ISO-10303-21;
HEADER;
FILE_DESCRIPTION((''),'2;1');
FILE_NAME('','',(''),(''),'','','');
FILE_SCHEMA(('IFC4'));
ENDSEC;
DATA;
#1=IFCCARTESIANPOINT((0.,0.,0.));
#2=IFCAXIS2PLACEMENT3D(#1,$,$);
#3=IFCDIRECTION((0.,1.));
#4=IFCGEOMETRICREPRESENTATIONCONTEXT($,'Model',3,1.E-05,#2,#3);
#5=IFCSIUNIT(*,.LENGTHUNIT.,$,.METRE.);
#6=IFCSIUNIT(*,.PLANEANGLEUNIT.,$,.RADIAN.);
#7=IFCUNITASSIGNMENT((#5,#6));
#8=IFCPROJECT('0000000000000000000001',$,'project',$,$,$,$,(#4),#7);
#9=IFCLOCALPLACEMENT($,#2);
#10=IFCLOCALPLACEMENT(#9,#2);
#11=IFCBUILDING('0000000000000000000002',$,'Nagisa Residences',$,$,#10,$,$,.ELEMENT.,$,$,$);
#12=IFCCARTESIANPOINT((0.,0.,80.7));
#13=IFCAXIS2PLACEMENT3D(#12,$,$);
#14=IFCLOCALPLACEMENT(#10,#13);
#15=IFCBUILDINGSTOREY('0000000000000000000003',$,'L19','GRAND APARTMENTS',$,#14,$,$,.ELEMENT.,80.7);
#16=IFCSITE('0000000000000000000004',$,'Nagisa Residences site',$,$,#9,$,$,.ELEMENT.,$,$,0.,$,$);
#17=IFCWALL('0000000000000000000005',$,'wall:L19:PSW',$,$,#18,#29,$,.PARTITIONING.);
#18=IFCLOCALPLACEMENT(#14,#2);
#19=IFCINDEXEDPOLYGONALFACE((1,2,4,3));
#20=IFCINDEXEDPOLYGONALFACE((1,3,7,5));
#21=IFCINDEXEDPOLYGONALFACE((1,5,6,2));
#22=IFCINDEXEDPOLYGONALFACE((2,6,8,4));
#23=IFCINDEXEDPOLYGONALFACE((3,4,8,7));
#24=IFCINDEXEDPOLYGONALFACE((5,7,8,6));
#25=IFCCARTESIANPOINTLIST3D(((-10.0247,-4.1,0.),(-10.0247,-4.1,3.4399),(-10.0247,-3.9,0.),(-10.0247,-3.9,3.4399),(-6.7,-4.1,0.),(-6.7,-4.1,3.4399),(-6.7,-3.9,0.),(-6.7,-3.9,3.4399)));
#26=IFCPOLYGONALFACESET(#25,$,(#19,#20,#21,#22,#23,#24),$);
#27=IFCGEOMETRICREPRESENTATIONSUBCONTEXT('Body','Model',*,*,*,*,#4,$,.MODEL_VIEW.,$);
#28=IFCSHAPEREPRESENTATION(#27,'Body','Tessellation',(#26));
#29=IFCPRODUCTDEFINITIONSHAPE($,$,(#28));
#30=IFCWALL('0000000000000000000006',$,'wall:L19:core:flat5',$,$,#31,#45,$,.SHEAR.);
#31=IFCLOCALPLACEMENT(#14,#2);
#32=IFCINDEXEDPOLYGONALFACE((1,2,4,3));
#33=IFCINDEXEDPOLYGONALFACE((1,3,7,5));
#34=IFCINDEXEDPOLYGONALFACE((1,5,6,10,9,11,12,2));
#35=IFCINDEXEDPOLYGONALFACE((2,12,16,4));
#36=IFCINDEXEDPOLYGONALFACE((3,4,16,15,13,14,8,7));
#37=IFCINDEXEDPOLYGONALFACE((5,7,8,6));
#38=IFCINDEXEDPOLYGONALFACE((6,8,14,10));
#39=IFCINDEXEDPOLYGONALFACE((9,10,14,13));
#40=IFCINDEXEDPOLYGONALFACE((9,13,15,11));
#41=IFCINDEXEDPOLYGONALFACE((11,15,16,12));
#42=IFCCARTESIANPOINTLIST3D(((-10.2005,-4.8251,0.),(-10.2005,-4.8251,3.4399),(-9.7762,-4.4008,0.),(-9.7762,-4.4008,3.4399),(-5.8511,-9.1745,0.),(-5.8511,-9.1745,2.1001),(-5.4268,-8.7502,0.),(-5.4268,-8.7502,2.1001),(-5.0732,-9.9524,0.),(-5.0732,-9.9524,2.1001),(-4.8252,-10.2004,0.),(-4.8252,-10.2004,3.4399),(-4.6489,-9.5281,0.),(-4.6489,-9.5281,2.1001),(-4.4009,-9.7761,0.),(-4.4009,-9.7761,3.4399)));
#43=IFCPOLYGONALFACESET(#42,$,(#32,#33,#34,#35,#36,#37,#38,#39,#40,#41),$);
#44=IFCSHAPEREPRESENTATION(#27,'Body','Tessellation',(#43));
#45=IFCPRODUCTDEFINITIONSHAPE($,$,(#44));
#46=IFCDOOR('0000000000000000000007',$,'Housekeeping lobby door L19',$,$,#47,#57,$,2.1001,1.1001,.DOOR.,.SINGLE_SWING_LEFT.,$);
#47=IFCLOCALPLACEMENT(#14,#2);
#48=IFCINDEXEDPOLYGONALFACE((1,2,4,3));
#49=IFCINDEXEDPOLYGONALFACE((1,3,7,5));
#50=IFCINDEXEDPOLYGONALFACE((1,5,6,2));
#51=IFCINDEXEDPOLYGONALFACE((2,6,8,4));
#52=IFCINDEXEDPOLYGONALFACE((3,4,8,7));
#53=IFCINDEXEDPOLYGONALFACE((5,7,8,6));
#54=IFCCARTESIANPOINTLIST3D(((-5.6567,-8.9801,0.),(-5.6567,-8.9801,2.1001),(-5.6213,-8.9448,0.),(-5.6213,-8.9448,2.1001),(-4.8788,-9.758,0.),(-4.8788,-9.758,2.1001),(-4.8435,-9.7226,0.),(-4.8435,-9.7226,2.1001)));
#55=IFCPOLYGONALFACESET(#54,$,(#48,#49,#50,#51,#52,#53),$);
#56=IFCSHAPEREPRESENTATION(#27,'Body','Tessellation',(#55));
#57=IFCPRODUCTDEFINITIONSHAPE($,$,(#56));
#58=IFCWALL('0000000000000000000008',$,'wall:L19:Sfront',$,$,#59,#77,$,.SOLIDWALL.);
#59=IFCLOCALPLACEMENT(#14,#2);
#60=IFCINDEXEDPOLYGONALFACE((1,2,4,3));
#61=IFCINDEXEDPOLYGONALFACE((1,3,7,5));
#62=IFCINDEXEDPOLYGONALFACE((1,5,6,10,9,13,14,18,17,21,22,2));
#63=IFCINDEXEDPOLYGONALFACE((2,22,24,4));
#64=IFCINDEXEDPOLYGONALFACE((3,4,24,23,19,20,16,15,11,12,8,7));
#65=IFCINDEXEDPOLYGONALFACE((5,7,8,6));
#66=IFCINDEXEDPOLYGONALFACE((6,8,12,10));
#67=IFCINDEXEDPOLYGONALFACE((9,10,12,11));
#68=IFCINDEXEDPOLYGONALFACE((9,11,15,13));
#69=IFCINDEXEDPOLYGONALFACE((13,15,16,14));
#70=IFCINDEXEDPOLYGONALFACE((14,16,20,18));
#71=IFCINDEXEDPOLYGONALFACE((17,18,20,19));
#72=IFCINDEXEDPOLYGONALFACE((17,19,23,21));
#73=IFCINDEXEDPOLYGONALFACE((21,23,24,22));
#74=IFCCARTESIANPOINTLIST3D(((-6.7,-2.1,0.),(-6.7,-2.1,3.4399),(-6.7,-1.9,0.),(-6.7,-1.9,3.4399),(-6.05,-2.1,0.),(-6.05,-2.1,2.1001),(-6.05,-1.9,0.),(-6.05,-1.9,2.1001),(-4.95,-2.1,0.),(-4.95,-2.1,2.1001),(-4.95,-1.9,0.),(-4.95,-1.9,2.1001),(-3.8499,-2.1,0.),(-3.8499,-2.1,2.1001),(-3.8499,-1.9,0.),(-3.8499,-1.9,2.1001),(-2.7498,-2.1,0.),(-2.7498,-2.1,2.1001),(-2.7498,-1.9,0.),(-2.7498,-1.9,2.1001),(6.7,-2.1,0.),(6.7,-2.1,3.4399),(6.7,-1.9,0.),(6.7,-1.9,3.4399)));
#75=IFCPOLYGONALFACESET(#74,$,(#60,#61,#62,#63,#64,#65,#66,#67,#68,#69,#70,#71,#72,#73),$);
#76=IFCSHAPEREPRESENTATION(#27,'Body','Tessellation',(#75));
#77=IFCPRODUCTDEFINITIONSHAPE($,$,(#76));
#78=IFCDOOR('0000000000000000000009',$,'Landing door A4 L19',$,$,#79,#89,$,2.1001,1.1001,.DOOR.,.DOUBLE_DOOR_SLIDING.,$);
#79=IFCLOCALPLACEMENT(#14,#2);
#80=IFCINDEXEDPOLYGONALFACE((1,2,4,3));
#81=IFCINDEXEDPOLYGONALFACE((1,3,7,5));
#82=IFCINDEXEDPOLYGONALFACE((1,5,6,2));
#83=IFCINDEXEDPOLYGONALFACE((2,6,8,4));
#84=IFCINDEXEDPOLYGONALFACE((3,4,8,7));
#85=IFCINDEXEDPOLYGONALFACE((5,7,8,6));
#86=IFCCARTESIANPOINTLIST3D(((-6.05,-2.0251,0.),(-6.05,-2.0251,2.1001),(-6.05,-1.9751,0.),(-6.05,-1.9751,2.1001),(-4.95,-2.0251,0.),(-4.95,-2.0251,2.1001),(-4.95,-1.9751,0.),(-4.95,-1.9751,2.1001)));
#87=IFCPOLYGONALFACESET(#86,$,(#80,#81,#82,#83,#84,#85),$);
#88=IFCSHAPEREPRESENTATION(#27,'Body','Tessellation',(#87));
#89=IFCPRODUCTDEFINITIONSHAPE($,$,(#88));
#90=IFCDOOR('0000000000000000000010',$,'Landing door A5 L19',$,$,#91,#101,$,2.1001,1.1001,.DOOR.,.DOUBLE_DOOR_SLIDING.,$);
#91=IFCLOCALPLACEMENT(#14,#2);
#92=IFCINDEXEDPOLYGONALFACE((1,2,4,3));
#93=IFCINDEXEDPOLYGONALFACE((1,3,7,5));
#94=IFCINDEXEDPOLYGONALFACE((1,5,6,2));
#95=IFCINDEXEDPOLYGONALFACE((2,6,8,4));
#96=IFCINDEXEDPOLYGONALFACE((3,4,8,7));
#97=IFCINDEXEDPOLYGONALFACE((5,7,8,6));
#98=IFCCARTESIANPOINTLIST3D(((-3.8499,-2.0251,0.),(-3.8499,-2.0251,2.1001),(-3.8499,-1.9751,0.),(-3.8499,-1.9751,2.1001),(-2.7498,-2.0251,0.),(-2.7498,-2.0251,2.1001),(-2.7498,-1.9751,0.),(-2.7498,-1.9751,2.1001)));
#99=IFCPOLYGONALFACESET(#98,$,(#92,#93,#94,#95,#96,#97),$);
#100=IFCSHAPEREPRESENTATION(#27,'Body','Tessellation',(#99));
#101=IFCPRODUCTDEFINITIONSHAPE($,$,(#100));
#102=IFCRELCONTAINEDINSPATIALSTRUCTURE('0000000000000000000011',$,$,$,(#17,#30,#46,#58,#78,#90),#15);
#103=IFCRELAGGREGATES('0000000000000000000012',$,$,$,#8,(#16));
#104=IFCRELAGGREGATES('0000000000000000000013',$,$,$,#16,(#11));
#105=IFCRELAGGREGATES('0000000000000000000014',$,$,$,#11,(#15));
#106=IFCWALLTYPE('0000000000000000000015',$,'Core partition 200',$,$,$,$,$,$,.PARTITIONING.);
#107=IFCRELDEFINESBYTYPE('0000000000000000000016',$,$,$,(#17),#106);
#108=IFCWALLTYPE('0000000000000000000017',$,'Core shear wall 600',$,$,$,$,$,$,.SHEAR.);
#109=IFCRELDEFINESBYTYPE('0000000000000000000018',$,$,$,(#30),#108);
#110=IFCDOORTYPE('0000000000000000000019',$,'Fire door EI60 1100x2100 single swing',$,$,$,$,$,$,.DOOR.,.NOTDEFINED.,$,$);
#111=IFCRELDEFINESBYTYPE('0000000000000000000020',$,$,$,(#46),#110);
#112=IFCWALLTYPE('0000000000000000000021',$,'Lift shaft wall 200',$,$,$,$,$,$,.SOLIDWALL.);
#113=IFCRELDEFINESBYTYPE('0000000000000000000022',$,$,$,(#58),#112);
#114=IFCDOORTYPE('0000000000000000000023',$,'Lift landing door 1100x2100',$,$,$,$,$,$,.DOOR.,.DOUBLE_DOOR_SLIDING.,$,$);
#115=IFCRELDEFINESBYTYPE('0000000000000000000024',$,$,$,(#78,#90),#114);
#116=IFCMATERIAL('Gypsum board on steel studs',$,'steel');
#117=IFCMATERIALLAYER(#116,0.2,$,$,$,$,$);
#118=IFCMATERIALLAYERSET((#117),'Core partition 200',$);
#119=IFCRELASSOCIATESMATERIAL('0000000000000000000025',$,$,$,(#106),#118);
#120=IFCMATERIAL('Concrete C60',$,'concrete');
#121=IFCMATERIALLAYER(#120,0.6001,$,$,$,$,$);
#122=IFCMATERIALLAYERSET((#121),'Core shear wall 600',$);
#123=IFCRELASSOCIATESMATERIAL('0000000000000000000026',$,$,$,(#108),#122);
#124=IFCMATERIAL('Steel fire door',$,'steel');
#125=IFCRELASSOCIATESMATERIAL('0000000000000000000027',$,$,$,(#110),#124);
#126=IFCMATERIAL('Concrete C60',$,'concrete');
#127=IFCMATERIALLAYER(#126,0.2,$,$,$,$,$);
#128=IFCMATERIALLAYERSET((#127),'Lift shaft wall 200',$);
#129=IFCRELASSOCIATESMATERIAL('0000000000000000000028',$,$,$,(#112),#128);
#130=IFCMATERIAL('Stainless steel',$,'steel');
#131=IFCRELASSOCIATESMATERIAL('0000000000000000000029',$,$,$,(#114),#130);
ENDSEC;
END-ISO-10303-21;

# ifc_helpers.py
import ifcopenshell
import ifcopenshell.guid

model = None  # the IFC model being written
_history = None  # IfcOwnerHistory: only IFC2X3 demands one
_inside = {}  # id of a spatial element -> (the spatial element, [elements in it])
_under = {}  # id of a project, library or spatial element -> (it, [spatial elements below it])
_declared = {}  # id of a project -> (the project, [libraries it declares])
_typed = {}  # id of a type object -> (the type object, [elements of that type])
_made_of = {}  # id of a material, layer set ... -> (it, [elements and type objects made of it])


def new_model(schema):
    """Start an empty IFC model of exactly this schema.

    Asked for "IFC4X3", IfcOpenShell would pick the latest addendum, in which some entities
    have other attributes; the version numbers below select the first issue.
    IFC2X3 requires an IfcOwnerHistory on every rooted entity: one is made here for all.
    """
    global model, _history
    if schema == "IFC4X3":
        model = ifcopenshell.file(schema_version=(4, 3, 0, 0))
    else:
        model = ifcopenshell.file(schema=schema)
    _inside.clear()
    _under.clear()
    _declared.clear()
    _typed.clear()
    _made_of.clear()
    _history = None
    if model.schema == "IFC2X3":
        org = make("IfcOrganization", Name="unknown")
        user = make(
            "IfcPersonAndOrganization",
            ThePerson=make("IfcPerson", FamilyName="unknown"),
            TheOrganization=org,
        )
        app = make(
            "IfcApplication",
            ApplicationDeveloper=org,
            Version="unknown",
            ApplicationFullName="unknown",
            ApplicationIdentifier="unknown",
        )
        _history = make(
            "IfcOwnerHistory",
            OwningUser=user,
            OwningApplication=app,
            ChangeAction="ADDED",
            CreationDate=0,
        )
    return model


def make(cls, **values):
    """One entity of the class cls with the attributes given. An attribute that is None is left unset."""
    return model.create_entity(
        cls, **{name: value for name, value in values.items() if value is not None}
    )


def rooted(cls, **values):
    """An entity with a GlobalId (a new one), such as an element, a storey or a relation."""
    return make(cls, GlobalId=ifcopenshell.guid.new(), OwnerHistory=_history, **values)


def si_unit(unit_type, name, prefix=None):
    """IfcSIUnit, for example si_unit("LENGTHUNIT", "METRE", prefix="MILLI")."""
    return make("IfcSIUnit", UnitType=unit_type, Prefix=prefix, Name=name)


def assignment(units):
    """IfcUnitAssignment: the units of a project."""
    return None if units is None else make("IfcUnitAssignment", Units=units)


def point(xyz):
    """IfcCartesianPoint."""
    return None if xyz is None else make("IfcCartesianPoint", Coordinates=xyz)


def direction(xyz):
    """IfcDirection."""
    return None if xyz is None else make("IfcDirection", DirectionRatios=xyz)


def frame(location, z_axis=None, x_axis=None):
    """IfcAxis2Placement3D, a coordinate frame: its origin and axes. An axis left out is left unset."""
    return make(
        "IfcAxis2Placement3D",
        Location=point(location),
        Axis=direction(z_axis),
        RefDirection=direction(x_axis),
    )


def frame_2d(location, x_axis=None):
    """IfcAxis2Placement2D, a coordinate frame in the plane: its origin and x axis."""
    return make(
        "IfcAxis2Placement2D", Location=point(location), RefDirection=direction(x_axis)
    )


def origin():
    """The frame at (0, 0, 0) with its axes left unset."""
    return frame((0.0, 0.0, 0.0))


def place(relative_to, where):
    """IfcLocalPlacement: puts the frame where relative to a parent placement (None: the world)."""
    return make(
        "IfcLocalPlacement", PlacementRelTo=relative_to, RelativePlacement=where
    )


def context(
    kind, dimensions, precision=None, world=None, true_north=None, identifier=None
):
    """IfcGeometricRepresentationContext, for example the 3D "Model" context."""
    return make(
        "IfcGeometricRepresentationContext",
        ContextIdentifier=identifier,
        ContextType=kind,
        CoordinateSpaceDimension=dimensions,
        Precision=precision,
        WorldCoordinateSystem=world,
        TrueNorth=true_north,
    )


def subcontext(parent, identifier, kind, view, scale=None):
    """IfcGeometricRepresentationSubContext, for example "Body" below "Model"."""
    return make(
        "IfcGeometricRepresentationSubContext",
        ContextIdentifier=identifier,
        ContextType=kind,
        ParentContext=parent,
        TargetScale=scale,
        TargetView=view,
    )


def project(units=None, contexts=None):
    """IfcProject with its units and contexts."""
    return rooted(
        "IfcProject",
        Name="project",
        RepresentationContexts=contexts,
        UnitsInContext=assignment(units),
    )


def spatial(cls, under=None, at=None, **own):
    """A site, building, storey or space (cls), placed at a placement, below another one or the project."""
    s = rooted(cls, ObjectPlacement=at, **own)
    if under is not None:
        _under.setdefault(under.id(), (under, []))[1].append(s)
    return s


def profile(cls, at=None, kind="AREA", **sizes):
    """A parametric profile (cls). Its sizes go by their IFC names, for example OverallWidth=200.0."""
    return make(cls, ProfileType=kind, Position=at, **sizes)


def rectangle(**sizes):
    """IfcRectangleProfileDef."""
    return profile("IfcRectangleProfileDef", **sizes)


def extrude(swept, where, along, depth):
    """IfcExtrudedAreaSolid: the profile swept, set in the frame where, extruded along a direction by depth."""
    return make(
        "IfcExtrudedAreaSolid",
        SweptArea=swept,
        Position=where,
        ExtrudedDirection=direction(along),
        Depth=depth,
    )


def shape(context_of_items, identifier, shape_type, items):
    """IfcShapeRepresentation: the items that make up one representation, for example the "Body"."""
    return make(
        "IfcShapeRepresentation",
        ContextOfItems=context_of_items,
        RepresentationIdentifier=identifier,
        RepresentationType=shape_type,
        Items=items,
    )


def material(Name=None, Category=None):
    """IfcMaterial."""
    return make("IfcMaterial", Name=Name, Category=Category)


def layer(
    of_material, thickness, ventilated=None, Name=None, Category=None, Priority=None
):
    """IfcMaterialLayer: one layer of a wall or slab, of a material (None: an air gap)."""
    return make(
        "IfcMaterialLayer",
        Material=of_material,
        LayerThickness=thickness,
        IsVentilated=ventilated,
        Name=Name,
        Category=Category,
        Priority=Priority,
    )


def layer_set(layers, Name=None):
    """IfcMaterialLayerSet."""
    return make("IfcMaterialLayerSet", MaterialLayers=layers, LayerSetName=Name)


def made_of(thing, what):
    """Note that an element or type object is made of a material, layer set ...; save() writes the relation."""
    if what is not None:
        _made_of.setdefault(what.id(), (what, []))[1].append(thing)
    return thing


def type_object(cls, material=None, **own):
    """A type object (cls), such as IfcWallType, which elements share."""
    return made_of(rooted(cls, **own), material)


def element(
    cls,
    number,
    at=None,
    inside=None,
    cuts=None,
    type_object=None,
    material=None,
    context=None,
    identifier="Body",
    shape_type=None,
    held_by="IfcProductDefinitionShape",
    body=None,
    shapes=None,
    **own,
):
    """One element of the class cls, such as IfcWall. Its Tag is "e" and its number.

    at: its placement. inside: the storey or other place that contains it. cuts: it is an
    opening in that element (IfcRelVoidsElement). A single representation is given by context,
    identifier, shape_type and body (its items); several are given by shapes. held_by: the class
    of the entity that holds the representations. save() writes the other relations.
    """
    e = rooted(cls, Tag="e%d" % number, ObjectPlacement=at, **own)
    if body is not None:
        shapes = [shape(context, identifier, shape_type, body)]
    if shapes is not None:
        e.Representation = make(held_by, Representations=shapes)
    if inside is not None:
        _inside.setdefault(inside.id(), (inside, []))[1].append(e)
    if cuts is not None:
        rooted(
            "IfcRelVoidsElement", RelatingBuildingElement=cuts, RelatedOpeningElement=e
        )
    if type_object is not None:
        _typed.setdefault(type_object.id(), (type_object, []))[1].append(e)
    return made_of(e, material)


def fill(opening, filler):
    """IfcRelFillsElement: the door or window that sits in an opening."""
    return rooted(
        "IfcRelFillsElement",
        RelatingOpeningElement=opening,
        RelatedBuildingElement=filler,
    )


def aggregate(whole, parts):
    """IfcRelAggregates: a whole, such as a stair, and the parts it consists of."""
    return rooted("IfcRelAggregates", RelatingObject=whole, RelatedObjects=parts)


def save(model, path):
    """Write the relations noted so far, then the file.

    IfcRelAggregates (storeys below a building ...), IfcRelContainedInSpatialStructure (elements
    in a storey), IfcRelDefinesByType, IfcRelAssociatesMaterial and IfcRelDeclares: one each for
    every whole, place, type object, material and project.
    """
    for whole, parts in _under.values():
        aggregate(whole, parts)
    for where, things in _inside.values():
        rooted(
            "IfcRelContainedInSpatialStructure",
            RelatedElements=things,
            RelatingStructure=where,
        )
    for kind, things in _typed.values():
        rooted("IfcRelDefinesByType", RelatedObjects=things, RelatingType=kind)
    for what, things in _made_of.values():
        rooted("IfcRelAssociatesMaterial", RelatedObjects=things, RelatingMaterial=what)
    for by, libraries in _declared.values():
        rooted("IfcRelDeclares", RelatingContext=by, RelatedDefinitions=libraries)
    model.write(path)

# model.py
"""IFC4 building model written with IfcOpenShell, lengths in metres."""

from ifc_helpers import new_model, si_unit, direction, frame, frame_2d, origin, place, context, subcontext, project, spatial, rectangle, extrude, material, layer, layer_set, type_object, element, fill, save


model = new_model("IFC4")

# Units and contexts
model_context = context("Model", 3, precision=1e-05, world=origin(), true_north=direction((0.0, 1.0)))
body_context = subcontext(model_context, "Body", "Model", "MODEL_VIEW")
ifc_project = project(units=[si_unit("LENGTHUNIT", "METRE"), si_unit("PLANEANGLEUNIT", "RADIAN")], contexts=[model_context])

# Site, building, storey
site_placement = place(None, origin())
site = spatial("IfcSite", under=ifc_project, at=site_placement, Name="Nagisa Residences site", CompositionType="ELEMENT", RefElevation=0.0)
building_placement = place(site_placement, origin())
building = spatial("IfcBuilding", under=site, at=building_placement, Name="Nagisa Residences", CompositionType="ELEMENT")
storey_placement = place(building_placement, frame((0.0, 0.0, 80.7)))
storey = spatial("IfcBuildingStorey", under=building, at=storey_placement, Name="L19", Description="GRAND APARTMENTS", CompositionType="ELEMENT", Elevation=80.7)

# Wall
ifc_material_1 = material(Name="Gypsum board on steel studs", Category="steel")
ifc_layer_1 = layer(ifc_material_1, 0.2)
ifc_layer_set_1 = layer_set([ifc_layer_1], Name="Core partition 200")
wall_type_1 = type_object("IfcWallType", Name="Core partition 200", PredefinedType="PARTITIONING", material=ifc_layer_set_1)
wall_1_placement = place(storey_placement, frame((-10.0247, -4.0, 0.0), z_axis=(0.0, 0.0, 1.0), x_axis=(1.0, 0.0, 0.0)))
element("IfcWall", 1, at=wall_1_placement, inside=storey, type_object=wall_type_1, Name="wall:L19:PSW", PredefinedType="PARTITIONING", context=body_context, shape_type="SweptSolid", body=[
    extrude(rectangle(XDim=3.3247, YDim=0.2, at=frame_2d((1.6624, 0.0))), origin(), (0.0, 0.0, 1.0), 3.4399),
])

# Wall, opening, door
ifc_material_2 = material(Name="Concrete C60", Category="concrete")
ifc_layer_2 = layer(ifc_material_2, 0.6001)
ifc_layer_set_2 = layer_set([ifc_layer_2], Name="Core shear wall 600")
wall_type_2 = type_object("IfcWallType", Name="Core shear wall 600", PredefinedType="SHEAR", material=ifc_layer_set_2)
wall_2_placement = place(storey_placement, frame((-9.9883, -4.613, 0.0), z_axis=(0.0, 0.0, 1.0), x_axis=(0.707107, -0.707107, 0.0)))
wall_2 = element("IfcWall", 2, at=wall_2_placement, inside=storey, type_object=wall_type_2, Name="wall:L19:core:flat5", PredefinedType="SHEAR", context=body_context, shape_type="SweptSolid", body=[
    extrude(rectangle(XDim=7.6018, YDim=0.6001, at=frame_2d((3.8008, 0.0))), origin(), (0.0, 0.0, 1.0), 3.4399),
])
opening_1_placement = place(wall_2_placement, frame((6.1509, 0.0, 0.0)))
opening_1 = element("IfcOpeningElement", 3, at=opening_1_placement, cuts=wall_2, PredefinedType="OPENING", context=body_context, shape_type="SweptSolid", body=[
    extrude(rectangle(XDim=1.1001, YDim=2.1001, at=frame_2d((0.55, 1.05))), frame((0.0, 0.3101, 0.0), z_axis=(0.0, -1.0, 0.0), x_axis=(1.0, 0.0, 0.0)), (0.0, 0.0, 1.0), 0.6201),
])
ifc_material_3 = material(Name="Steel fire door", Category="steel")
door_type_1 = type_object("IfcDoorType", Name="Fire door EI60 1100x2100 single swing", OperationType="NOTDEFINED", PredefinedType="DOOR", material=ifc_material_3)
door_1_placement = place(opening_1_placement, origin())
door_1 = element("IfcDoor", 4, at=door_1_placement, inside=storey, type_object=door_type_1, Name="Housekeeping lobby door L19", OperationType="SINGLE_SWING_LEFT", OverallHeight=2.1001, OverallWidth=1.1001, PredefinedType="DOOR", context=body_context, shape_type="SweptSolid", body=[
    extrude(rectangle(XDim=1.1001, YDim=2.1001, at=frame_2d((0.55, 1.05))), frame((0.0, 0.0249, 0.0), z_axis=(0.0, -1.0, 0.0), x_axis=(1.0, 0.0, 0.0)), (0.0, 0.0, 1.0), 0.05),
])
fill(opening_1, door_1)

# Wall, openings, doors
ifc_material_4 = material(Name="Concrete C60", Category="concrete")
ifc_layer_3 = layer(ifc_material_4, 0.2)
ifc_layer_set_3 = layer_set([ifc_layer_3], Name="Lift shaft wall 200")
wall_type_3 = type_object("IfcWallType", Name="Lift shaft wall 200", PredefinedType="SOLIDWALL", material=ifc_layer_set_3)
wall_3_placement = place(storey_placement, frame((-6.7, -2.0, 0.0), z_axis=(0.0, 0.0, 1.0), x_axis=(1.0, 0.0, 0.0)))
wall_3 = element("IfcWall", 5, at=wall_3_placement, inside=storey, type_object=wall_type_3, Name="wall:L19:Sfront", PredefinedType="SOLIDWALL", context=body_context, shape_type="SweptSolid", body=[
    extrude(rectangle(XDim=13.3999, YDim=0.2, at=frame_2d((6.7, 0.0))), origin(), (0.0, 0.0, 1.0), 3.4399),
])
opening_2_placement = place(wall_3_placement, frame((0.6499, 0.0, 0.0)))
opening_2 = element("IfcOpeningElement", 6, at=opening_2_placement, cuts=wall_3, PredefinedType="OPENING", context=body_context, shape_type="SweptSolid", body=[
    extrude(rectangle(XDim=1.1001, YDim=2.1001, at=frame_2d((0.55, 1.05))), frame((0.0, 0.1099, 0.0), z_axis=(0.0, -1.0, 0.0), x_axis=(1.0, 0.0, 0.0)), (0.0, 0.0, 1.0), 0.22),
])
opening_3_placement = place(wall_3_placement, frame((2.8501, 0.0, 0.0)))
opening_3 = element("IfcOpeningElement", 7, at=opening_3_placement, cuts=wall_3, PredefinedType="OPENING", context=body_context, shape_type="SweptSolid", body=[
    extrude(rectangle(XDim=1.1001, YDim=2.1001, at=frame_2d((0.55, 1.05))), frame((0.0, 0.1099, 0.0), z_axis=(0.0, -1.0, 0.0), x_axis=(1.0, 0.0, 0.0)), (0.0, 0.0, 1.0), 0.22),
])
ifc_material_5 = material(Name="Stainless steel", Category="steel")
door_type_2 = type_object("IfcDoorType", Name="Lift landing door 1100x2100", OperationType="DOUBLE_DOOR_SLIDING", PredefinedType="DOOR", material=ifc_material_5)
door_2_placement = place(opening_2_placement, origin())
door_2 = element("IfcDoor", 8, at=door_2_placement, inside=storey, type_object=door_type_2, Name="Landing door A4 L19", OperationType="DOUBLE_DOOR_SLIDING", OverallHeight=2.1001, OverallWidth=1.1001, PredefinedType="DOOR", context=body_context, shape_type="SweptSolid", body=[
    extrude(rectangle(XDim=1.1001, YDim=2.1001, at=frame_2d((0.55, 1.05))), frame((0.0, 0.0249, 0.0), z_axis=(0.0, -1.0, 0.0), x_axis=(1.0, 0.0, 0.0)), (0.0, 0.0, 1.0), 0.05),
])
fill(opening_2, door_2)
door_3_placement = place(opening_3_placement, origin())
door_3 = element("IfcDoor", 9, at=door_3_placement, inside=storey, type_object=door_type_2, Name="Landing door A5 L19", OperationType="DOUBLE_DOOR_SLIDING", OverallHeight=2.1001, OverallWidth=1.1001, PredefinedType="DOOR", context=body_context, shape_type="SweptSolid", body=[
    extrude(rectangle(XDim=1.1001, YDim=2.1001, at=frame_2d((0.55, 1.05))), frame((0.0, 0.0249, 0.0), z_axis=(0.0, -1.0, 0.0), x_axis=(1.0, 0.0, 0.0)), (0.0, 0.0, 1.0), 0.05),
])
fill(opening_3, door_3)

save(model, "model.ifc")
